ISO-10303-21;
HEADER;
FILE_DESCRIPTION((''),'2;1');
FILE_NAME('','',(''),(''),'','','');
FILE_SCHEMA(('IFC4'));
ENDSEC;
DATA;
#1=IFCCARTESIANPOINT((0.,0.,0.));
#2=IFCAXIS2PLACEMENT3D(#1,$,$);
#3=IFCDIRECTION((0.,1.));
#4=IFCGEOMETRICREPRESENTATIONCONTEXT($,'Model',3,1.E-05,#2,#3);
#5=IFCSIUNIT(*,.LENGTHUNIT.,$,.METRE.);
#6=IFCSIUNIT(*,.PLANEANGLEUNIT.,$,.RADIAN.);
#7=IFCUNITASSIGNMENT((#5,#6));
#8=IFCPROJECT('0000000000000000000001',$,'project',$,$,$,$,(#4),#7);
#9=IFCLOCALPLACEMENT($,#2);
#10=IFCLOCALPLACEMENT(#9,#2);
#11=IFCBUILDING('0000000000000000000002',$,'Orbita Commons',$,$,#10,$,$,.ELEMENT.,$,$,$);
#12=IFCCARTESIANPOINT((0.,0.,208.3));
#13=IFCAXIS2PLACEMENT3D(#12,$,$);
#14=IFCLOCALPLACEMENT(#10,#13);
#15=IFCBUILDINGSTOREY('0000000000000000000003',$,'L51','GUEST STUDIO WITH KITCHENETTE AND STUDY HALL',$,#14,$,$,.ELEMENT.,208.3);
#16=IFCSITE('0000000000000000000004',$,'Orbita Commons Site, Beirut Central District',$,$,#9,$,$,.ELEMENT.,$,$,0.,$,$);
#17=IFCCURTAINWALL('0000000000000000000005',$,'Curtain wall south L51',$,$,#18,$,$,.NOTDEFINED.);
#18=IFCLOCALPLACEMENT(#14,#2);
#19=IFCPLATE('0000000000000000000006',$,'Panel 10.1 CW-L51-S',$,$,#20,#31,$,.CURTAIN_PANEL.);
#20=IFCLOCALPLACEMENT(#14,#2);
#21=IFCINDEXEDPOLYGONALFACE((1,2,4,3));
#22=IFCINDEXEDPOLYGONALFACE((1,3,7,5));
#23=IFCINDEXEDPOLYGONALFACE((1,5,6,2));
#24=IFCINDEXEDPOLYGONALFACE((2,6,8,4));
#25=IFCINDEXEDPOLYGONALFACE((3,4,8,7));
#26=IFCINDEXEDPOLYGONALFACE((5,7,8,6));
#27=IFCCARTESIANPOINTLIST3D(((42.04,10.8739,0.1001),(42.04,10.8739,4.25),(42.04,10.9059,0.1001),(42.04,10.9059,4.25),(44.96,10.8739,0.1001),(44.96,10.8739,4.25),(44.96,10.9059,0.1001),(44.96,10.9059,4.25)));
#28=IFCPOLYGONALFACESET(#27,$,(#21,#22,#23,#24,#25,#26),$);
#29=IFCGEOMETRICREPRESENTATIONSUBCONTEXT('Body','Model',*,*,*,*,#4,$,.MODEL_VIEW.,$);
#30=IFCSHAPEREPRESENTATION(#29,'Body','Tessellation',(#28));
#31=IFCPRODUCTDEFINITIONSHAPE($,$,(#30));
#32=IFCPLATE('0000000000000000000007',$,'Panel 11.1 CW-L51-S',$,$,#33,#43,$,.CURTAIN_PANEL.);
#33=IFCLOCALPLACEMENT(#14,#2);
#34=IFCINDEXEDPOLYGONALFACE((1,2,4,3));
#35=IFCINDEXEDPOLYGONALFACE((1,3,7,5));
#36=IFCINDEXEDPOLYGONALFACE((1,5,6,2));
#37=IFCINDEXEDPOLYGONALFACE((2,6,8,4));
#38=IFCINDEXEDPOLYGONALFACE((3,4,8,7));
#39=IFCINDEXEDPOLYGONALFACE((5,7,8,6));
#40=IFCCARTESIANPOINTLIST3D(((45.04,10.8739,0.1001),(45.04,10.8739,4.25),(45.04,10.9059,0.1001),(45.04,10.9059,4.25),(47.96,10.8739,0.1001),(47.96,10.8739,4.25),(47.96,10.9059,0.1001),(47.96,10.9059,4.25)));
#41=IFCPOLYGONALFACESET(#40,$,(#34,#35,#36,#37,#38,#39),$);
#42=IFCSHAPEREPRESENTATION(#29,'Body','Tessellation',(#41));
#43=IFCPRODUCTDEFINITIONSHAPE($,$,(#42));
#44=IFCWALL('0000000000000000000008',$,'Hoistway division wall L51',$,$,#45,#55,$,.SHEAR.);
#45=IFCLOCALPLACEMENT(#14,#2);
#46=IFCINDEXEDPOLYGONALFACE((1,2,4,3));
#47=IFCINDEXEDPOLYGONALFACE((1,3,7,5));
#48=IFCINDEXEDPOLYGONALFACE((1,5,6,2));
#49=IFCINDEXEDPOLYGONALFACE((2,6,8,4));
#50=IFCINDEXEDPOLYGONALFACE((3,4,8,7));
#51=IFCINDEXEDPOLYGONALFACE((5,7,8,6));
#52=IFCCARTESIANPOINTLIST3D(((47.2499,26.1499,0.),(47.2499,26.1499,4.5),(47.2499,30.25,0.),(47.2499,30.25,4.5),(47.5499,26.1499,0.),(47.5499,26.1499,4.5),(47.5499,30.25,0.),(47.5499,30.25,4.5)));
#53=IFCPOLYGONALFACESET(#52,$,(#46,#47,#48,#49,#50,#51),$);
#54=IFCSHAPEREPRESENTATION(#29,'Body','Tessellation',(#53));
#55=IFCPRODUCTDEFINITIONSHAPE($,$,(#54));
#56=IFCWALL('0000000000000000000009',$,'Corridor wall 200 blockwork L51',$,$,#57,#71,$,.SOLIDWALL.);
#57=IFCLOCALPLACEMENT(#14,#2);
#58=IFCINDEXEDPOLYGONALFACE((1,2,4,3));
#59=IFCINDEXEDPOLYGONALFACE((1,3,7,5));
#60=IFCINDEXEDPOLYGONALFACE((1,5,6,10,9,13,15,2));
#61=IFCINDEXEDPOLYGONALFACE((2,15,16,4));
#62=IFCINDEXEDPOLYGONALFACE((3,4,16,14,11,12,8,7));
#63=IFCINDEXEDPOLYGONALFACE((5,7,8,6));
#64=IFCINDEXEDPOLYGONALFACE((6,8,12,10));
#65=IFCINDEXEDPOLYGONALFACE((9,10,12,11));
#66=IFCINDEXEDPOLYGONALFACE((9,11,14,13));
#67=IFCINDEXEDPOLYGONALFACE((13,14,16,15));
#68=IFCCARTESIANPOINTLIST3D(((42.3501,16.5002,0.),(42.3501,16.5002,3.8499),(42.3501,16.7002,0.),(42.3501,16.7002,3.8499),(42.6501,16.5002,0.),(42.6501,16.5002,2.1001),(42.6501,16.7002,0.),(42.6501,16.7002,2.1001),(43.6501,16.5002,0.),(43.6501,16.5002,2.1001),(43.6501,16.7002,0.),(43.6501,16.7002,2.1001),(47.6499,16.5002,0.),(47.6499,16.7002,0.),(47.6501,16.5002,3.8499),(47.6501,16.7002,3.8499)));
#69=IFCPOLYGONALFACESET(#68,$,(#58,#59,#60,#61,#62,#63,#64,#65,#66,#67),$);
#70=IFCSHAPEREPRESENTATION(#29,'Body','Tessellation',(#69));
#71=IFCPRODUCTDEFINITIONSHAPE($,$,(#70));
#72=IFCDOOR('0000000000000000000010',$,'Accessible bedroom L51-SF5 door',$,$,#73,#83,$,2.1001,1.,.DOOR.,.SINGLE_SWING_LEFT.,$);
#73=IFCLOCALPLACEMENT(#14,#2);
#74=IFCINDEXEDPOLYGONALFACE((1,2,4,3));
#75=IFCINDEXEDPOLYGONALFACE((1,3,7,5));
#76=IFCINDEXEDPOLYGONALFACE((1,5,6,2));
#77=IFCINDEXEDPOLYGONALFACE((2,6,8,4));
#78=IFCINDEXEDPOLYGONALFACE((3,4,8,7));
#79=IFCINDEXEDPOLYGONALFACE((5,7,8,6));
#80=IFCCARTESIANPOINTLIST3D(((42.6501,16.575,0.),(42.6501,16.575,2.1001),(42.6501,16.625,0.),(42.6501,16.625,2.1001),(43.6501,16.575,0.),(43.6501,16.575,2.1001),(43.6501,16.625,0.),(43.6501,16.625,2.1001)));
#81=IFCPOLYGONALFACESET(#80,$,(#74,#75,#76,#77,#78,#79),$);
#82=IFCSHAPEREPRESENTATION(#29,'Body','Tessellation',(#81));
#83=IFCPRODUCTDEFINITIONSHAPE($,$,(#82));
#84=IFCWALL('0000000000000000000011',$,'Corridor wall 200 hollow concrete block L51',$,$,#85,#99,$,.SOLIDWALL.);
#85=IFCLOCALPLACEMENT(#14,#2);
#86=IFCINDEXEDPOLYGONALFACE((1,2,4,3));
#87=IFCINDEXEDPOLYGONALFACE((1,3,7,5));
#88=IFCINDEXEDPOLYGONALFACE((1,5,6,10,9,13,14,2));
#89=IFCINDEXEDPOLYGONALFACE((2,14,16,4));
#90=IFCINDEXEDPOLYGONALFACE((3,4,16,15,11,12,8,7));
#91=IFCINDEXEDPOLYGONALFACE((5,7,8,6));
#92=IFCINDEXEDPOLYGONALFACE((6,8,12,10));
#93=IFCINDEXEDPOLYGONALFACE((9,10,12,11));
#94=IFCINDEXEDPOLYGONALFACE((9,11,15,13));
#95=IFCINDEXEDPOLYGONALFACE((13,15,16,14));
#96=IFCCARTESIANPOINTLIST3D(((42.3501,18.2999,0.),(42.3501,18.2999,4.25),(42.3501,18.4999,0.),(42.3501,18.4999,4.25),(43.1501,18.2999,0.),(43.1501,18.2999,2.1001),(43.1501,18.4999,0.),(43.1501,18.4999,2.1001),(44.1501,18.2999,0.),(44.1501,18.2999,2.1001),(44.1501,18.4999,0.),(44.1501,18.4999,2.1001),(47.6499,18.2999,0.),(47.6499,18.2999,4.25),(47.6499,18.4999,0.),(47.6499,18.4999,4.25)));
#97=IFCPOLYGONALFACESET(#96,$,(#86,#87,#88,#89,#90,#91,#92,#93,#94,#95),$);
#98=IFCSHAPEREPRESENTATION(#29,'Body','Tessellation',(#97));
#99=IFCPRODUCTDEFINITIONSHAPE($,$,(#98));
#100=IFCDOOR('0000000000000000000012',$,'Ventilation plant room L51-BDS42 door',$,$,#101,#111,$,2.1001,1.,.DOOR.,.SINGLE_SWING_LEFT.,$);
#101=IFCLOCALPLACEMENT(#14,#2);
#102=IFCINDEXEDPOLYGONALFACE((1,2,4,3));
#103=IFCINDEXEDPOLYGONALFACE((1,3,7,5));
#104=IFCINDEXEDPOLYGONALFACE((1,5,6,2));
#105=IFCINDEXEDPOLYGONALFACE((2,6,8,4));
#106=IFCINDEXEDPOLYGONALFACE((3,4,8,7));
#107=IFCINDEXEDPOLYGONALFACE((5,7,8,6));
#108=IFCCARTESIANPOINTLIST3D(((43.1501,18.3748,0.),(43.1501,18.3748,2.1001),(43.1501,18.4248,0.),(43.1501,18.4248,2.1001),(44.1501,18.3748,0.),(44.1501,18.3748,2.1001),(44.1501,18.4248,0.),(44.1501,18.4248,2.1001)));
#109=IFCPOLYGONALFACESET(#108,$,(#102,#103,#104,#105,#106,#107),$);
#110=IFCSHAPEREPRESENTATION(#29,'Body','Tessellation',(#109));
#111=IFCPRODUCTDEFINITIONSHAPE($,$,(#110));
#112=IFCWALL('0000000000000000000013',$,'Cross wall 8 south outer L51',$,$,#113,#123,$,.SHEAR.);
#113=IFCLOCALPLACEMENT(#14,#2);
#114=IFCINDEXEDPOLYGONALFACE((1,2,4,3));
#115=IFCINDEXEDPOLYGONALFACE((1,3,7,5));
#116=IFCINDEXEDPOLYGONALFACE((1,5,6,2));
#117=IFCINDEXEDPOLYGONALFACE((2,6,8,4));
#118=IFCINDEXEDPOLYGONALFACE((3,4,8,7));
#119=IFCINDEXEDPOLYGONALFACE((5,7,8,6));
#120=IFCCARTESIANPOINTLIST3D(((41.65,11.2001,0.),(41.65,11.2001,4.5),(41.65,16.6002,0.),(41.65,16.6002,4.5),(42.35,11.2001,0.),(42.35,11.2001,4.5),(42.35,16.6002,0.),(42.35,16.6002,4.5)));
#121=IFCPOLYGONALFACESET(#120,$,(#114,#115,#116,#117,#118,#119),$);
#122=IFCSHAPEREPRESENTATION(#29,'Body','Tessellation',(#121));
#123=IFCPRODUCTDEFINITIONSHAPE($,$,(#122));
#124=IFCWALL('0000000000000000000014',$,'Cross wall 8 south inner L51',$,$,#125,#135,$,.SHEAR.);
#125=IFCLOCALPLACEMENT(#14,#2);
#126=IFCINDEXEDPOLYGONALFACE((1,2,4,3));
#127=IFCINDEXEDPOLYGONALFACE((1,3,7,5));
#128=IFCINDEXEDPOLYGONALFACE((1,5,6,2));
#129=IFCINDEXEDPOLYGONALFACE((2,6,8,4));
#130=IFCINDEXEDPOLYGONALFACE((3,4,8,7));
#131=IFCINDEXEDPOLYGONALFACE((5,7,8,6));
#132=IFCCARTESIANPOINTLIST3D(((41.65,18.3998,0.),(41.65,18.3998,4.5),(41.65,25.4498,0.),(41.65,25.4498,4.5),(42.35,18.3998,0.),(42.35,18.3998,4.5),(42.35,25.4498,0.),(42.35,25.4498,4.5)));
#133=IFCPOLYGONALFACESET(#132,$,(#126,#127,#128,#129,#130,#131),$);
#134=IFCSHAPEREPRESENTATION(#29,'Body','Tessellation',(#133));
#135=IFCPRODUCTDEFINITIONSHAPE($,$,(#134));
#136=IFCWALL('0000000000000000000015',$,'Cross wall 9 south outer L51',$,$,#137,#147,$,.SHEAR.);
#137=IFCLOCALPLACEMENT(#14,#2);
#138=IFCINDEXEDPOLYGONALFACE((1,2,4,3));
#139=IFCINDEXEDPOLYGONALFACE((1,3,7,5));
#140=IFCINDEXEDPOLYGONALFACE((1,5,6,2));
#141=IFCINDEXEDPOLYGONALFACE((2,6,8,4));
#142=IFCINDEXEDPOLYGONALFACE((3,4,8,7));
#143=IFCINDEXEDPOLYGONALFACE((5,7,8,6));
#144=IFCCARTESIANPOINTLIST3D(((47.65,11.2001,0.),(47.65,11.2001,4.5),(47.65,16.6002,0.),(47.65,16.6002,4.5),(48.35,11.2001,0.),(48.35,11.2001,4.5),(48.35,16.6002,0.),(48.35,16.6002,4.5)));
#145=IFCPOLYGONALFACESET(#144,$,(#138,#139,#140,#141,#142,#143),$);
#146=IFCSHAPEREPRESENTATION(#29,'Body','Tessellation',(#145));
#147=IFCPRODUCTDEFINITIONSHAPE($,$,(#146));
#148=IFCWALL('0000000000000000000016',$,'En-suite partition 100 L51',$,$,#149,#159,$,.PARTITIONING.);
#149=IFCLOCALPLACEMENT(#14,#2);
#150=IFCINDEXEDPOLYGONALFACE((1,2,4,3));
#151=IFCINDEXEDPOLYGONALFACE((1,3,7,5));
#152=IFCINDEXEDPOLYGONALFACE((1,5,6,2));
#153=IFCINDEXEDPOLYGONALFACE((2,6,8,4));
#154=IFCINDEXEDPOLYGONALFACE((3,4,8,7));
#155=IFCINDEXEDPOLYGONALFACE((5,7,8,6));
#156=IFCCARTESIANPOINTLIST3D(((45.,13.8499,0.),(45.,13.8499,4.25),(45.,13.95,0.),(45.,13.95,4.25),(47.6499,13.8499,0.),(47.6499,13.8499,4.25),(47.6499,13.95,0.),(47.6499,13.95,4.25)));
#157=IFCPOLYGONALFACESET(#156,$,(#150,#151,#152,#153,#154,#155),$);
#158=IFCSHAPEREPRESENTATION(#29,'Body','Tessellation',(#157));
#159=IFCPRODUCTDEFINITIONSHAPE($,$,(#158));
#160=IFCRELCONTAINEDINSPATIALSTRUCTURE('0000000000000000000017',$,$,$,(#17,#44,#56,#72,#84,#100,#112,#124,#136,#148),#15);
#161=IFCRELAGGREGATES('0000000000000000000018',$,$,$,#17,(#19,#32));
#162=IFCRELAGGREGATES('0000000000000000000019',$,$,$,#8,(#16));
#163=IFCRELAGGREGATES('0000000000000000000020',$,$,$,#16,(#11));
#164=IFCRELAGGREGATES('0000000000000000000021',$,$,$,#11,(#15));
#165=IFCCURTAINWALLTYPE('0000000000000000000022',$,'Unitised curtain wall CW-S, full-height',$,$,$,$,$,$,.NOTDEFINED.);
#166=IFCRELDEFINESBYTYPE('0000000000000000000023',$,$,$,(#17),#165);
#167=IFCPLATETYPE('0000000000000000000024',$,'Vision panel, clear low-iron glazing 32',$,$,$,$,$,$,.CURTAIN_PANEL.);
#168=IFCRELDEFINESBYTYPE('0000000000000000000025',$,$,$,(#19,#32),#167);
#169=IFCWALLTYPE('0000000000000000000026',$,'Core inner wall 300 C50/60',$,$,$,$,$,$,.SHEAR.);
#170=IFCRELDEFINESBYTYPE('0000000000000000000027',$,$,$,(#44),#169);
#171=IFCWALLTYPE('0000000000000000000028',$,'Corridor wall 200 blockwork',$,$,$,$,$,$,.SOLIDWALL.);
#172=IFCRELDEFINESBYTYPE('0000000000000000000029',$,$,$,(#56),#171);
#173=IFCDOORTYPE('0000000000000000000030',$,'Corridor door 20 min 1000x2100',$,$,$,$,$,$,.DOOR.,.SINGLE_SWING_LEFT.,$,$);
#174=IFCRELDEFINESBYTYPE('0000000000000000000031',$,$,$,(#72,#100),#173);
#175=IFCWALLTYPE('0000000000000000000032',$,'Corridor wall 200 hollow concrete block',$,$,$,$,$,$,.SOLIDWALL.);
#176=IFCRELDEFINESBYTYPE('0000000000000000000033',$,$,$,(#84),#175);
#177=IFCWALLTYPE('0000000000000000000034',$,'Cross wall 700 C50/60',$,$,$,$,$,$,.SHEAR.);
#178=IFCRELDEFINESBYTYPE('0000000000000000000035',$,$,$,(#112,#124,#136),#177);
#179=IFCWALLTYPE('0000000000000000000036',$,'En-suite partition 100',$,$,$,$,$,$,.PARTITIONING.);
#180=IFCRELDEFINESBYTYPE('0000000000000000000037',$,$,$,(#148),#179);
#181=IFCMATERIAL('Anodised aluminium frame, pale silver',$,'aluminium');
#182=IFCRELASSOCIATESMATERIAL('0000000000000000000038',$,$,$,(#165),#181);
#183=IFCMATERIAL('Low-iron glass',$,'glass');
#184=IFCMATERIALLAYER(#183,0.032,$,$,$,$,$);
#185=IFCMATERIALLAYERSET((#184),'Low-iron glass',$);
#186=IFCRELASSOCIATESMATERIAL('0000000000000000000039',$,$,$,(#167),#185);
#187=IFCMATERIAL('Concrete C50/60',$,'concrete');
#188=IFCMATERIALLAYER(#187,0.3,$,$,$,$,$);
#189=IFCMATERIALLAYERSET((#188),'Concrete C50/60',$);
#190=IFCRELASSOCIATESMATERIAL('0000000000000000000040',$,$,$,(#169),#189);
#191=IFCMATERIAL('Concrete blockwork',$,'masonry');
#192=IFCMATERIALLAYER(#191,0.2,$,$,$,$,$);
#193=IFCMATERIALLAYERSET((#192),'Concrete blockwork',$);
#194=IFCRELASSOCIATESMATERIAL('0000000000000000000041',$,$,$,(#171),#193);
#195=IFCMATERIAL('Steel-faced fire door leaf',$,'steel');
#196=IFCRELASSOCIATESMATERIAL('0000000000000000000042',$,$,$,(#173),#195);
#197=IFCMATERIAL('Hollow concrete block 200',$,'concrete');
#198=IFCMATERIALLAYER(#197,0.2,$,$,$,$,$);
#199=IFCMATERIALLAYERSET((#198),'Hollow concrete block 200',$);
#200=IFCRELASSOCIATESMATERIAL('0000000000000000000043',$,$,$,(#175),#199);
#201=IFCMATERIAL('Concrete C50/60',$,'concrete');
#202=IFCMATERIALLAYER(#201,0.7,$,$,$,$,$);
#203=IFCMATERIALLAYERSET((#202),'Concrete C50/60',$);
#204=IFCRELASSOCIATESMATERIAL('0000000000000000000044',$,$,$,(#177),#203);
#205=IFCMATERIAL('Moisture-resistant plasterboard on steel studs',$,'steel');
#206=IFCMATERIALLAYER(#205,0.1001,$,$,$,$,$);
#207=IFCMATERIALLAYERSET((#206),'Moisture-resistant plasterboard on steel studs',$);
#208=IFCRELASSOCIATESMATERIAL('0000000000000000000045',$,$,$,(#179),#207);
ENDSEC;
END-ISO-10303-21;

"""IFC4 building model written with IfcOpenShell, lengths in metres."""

from ifc_helpers import new_model, si_unit, direction, frame, frame_2d, origin, origin_2d, place, context, subcontext, project, spatial, polyline, rectangle, outline, extrude, material, layer, layer_set, type_object, element, fill, aggregate, save


model = new_model("IFC4")

# Units and contexts
model_context = context("Model", 3, precision=1e-05, world=origin(), true_north=direction((0.0, 1.0)))
body_context = subcontext(model_context, "Body", "Model", "MODEL_VIEW")
ifc_project = project(units=[si_unit("LENGTHUNIT", "METRE"), si_unit("PLANEANGLEUNIT", "RADIAN")], contexts=[model_context])

# Site, building, storey
site_placement = place(None, origin())
site = spatial("IfcSite", under=ifc_project, at=site_placement, Name="Orbita Commons Site, Beirut Central District", CompositionType="ELEMENT", RefElevation=0.0)
building_placement = place(site_placement, origin())
building = spatial("IfcBuilding", under=site, at=building_placement, Name="Orbita Commons", CompositionType="ELEMENT")
storey_placement = place(building_placement, frame((0.0, 0.0, 208.3)))
storey = spatial("IfcBuildingStorey", under=building, at=storey_placement, Name="L51", Description="GUEST STUDIO WITH KITCHENETTE AND STUDY HALL", CompositionType="ELEMENT", Elevation=208.3)

# Curtain wall
ifc_material_1 = material(Name="Anodised aluminium frame, pale silver", Category="aluminium")
curtain_wall_type = type_object("IfcCurtainWallType", Name="Unitised curtain wall CW-S, full-height", PredefinedType="NOTDEFINED", material=ifc_material_1)
curtain_wall_placement = place(storey_placement, origin())
curtain_wall = element("IfcCurtainWall", 1, at=curtain_wall_placement, inside=storey, type_object=curtain_wall_type, Name="Curtain wall south L51", PredefinedType="NOTDEFINED")

# Plates
ifc_material_2 = material(Name="Low-iron glass", Category="glass")
ifc_layer_1 = layer(ifc_material_2, 0.032)
ifc_layer_set_1 = layer_set([ifc_layer_1], Name="Low-iron glass")
plate_type = type_object("IfcPlateType", Name="Vision panel, clear low-iron glazing 32", PredefinedType="CURTAIN_PANEL", material=ifc_layer_set_1)
plate_1_placement = place(storey_placement, frame((43.5, 10.8899, 0.1001), z_axis=(0.0, 0.0, 1.0), x_axis=(1.0, 0.0, 0.0)))
plate_1 = element("IfcPlate", 2, at=plate_1_placement, type_object=plate_type, Name="Panel 10.1 CW-L51-S", PredefinedType="CURTAIN_PANEL", context=body_context, shape_type="SweptSolid", body=[
    extrude(rectangle(XDim=2.9199, YDim=0.032, at=origin_2d()), origin(), (0.0, 0.0, 1.0), 4.1499),
])
plate_2_placement = place(storey_placement, frame((46.5, 10.8899, 0.1001), z_axis=(0.0, 0.0, 1.0), x_axis=(1.0, 0.0, 0.0)))
plate_2 = element("IfcPlate", 3, at=plate_2_placement, type_object=plate_type, Name="Panel 11.1 CW-L51-S", PredefinedType="CURTAIN_PANEL", context=body_context, shape_type="SweptSolid", body=[
    extrude(rectangle(XDim=2.9199, YDim=0.032, at=origin_2d()), origin(), (0.0, 0.0, 1.0), 4.1499),
])
aggregate(curtain_wall, [plate_1, plate_2])

# Wall
ifc_material_3 = material(Name="Concrete C50/60", Category="concrete")
ifc_layer_2 = layer(ifc_material_3, 0.3)
ifc_layer_set_2 = layer_set([ifc_layer_2], Name="Concrete C50/60")
wall_type_1 = type_object("IfcWallType", Name="Core inner wall 300 C50/60", PredefinedType="SHEAR", material=ifc_layer_set_2)
wall_1_placement = place(storey_placement, frame((47.3999, 26.1499, 0.0), z_axis=(0.0, 0.0, 1.0), x_axis=(0.0, 1.0, 0.0)))
element("IfcWall", 4, at=wall_1_placement, inside=storey, type_object=wall_type_1, Name="Hoistway division wall L51", PredefinedType="SHEAR", context=body_context, shape_type="SweptSolid", body=[
    extrude(rectangle(XDim=4.1001, YDim=0.3, at=frame_2d((2.05, 0.0))), origin(), (0.0, 0.0, 1.0), 4.5),
])

# Walls, openings, doors
ifc_material_4 = material(Name="Concrete blockwork", Category="masonry")
ifc_layer_3 = layer(ifc_material_4, 0.2)
ifc_layer_set_3 = layer_set([ifc_layer_3], Name="Concrete blockwork")
wall_type_2 = type_object("IfcWallType", Name="Corridor wall 200 blockwork", PredefinedType="SOLIDWALL", material=ifc_layer_set_3)
wall_2_placement = place(storey_placement, frame((42.3501, 16.6001, 0.0), z_axis=(0.0, 0.0, 1.0), x_axis=(1.0, 0.0, 0.0)))
wall_2 = element("IfcWall", 5, at=wall_2_placement, inside=storey, type_object=wall_type_2, Name="Corridor wall 200 blockwork L51", PredefinedType="SOLIDWALL", context=body_context, shape_type="SweptSolid", body=[
    extrude(outline(polyline([(0.0, 0.0), (5.2998, 0.0), (5.3, 3.8499), (0.0, 3.8499), (0.0, 0.0)])), frame((0.0, 0.1001, 0.0), z_axis=(0.0, -1.0, 0.0), x_axis=(1.0, 0.0, 0.0)), (0.0, 0.0, 1.0), 0.2),
])
opening_1_placement = place(wall_2_placement, frame((0.3, 0.0, 0.0)))
opening_1 = element("IfcOpeningElement", 6, at=opening_1_placement, cuts=wall_2, PredefinedType="OPENING", context=body_context, shape_type="SweptSolid", body=[
    extrude(rectangle(XDim=1.0, YDim=2.1001, at=frame_2d((0.5, 1.05))), frame((0.0, 0.1099, 0.0), z_axis=(0.0, -1.0, 0.0), x_axis=(1.0, 0.0, 0.0)), (0.0, 0.0, 1.0), 0.22),
])
ifc_material_5 = material(Name="Steel-faced fire door leaf", Category="steel")
door_type_1 = type_object("IfcDoorType", Name="Corridor door 20 min 1000x2100", OperationType="SINGLE_SWING_LEFT", PredefinedType="DOOR", material=ifc_material_5)
door_1_placement = place(opening_1_placement, origin())
door_1 = element("IfcDoor", 7, at=door_1_placement, inside=storey, type_object=door_type_1, Name="Accessible bedroom L51-SF5 door", OperationType="SINGLE_SWING_LEFT", OverallHeight=2.1001, OverallWidth=1.0, PredefinedType="DOOR", context=body_context, shape_type="SweptSolid", body=[
    extrude(rectangle(XDim=1.0, YDim=2.1001, at=frame_2d((0.5, 1.05))), frame((0.0, 0.0249, 0.0), z_axis=(0.0, -1.0, 0.0), x_axis=(1.0, 0.0, 0.0)), (0.0, 0.0, 1.0), 0.05),
])
fill(opening_1, door_1)
ifc_material_6 = material(Name="Hollow concrete block 200", Category="concrete")
ifc_layer_4 = layer(ifc_material_6, 0.2)
ifc_layer_set_4 = layer_set([ifc_layer_4], Name="Hollow concrete block 200")
wall_type_3 = type_object("IfcWallType", Name="Corridor wall 200 hollow concrete block", PredefinedType="SOLIDWALL", material=ifc_layer_set_4)
wall_3_placement = place(storey_placement, frame((42.3501, 18.3999, 0.0), z_axis=(0.0, 0.0, 1.0), x_axis=(1.0, 0.0, 0.0)))
wall_3 = element("IfcWall", 8, at=wall_3_placement, inside=storey, type_object=wall_type_3, Name="Corridor wall 200 hollow concrete block L51", PredefinedType="SOLIDWALL", context=body_context, shape_type="SweptSolid", body=[
    extrude(rectangle(XDim=5.2998, YDim=0.2, at=frame_2d((2.6499, 0.0))), origin(), (0.0, 0.0, 1.0), 4.25),
])
opening_2_placement = place(wall_3_placement, frame((0.8, 0.0, 0.0)))
opening_2 = element("IfcOpeningElement", 9, at=opening_2_placement, cuts=wall_3, PredefinedType="OPENING", context=body_context, shape_type="SweptSolid", body=[
    extrude(rectangle(XDim=1.0, YDim=2.1001, at=frame_2d((0.5, 1.05))), frame((0.0, 0.1099, 0.0), z_axis=(0.0, -1.0, 0.0), x_axis=(1.0, 0.0, 0.0)), (0.0, 0.0, 1.0), 0.22),
])
door_2_placement = place(opening_2_placement, origin())
door_2 = element("IfcDoor", 10, at=door_2_placement, inside=storey, type_object=door_type_1, Name="Ventilation plant room L51-BDS42 door", OperationType="SINGLE_SWING_LEFT", OverallHeight=2.1001, OverallWidth=1.0, PredefinedType="DOOR", context=body_context, shape_type="SweptSolid", body=[
    extrude(rectangle(XDim=1.0, YDim=2.1001, at=frame_2d((0.5, 1.05))), frame((0.0, 0.0249, 0.0), z_axis=(0.0, -1.0, 0.0), x_axis=(1.0, 0.0, 0.0)), (0.0, 0.0, 1.0), 0.05),
])
fill(opening_2, door_2)

# Walls
ifc_material_7 = material(Name="Concrete C50/60", Category="concrete")
ifc_layer_5 = layer(ifc_material_7, 0.7)
ifc_layer_set_5 = layer_set([ifc_layer_5], Name="Concrete C50/60")
wall_type_4 = type_object("IfcWallType", Name="Cross wall 700 C50/60", PredefinedType="SHEAR", material=ifc_layer_set_5)
wall_4_placement = place(storey_placement, frame((42.0, 11.2, 0.0), z_axis=(0.0, 0.0, 1.0), x_axis=(0.0, 1.0, 0.0)))
element("IfcWall", 11, at=wall_4_placement, inside=storey, type_object=wall_type_4, Name="Cross wall 8 south outer L51", PredefinedType="SHEAR", context=body_context, shape_type="SweptSolid", body=[
    extrude(rectangle(XDim=5.4001, YDim=0.7, at=frame_2d((2.7002, 0.0))), origin(), (0.0, 0.0, 1.0), 4.5),
])
wall_5_placement = place(storey_placement, frame((42.0, 18.3999, 0.0), z_axis=(0.0, 0.0, 1.0), x_axis=(0.0, 1.0, 0.0)))
element("IfcWall", 12, at=wall_5_placement, inside=storey, type_object=wall_type_4, Name="Cross wall 8 south inner L51", PredefinedType="SHEAR", context=body_context, shape_type="SweptSolid", body=[
    extrude(rectangle(XDim=7.05, YDim=0.7, at=frame_2d((3.5249, 0.0))), origin(), (0.0, 0.0, 1.0), 4.5),
])
wall_6_placement = place(storey_placement, frame((48.0, 11.2, 0.0), z_axis=(0.0, 0.0, 1.0), x_axis=(0.0, 1.0, 0.0)))
element("IfcWall", 13, at=wall_6_placement, inside=storey, type_object=wall_type_4, Name="Cross wall 9 south outer L51", PredefinedType="SHEAR", context=body_context, shape_type="SweptSolid", body=[
    extrude(rectangle(XDim=5.4001, YDim=0.7, at=frame_2d((2.7002, 0.0))), origin(), (0.0, 0.0, 1.0), 4.5),
])
ifc_material_8 = material(Name="Moisture-resistant plasterboard on steel studs", Category="steel")
ifc_layer_6 = layer(ifc_material_8, 0.1001)
ifc_layer_set_6 = layer_set([ifc_layer_6], Name="Moisture-resistant plasterboard on steel studs")
wall_type_5 = type_object("IfcWallType", Name="En-suite partition 100", PredefinedType="PARTITIONING", material=ifc_layer_set_6)
wall_7_placement = place(storey_placement, frame((45.0, 13.8999, 0.0), z_axis=(0.0, 0.0, 1.0), x_axis=(1.0, 0.0, 0.0)))
element("IfcWall", 14, at=wall_7_placement, inside=storey, type_object=wall_type_5, Name="En-suite partition 100 L51", PredefinedType="PARTITIONING", context=body_context, shape_type="SweptSolid", body=[
    extrude(rectangle(XDim=2.6499, YDim=0.1001, at=frame_2d((1.325, 0.0))), origin(), (0.0, 0.0, 1.0), 4.25),
])

save(model, "model.ifc")
